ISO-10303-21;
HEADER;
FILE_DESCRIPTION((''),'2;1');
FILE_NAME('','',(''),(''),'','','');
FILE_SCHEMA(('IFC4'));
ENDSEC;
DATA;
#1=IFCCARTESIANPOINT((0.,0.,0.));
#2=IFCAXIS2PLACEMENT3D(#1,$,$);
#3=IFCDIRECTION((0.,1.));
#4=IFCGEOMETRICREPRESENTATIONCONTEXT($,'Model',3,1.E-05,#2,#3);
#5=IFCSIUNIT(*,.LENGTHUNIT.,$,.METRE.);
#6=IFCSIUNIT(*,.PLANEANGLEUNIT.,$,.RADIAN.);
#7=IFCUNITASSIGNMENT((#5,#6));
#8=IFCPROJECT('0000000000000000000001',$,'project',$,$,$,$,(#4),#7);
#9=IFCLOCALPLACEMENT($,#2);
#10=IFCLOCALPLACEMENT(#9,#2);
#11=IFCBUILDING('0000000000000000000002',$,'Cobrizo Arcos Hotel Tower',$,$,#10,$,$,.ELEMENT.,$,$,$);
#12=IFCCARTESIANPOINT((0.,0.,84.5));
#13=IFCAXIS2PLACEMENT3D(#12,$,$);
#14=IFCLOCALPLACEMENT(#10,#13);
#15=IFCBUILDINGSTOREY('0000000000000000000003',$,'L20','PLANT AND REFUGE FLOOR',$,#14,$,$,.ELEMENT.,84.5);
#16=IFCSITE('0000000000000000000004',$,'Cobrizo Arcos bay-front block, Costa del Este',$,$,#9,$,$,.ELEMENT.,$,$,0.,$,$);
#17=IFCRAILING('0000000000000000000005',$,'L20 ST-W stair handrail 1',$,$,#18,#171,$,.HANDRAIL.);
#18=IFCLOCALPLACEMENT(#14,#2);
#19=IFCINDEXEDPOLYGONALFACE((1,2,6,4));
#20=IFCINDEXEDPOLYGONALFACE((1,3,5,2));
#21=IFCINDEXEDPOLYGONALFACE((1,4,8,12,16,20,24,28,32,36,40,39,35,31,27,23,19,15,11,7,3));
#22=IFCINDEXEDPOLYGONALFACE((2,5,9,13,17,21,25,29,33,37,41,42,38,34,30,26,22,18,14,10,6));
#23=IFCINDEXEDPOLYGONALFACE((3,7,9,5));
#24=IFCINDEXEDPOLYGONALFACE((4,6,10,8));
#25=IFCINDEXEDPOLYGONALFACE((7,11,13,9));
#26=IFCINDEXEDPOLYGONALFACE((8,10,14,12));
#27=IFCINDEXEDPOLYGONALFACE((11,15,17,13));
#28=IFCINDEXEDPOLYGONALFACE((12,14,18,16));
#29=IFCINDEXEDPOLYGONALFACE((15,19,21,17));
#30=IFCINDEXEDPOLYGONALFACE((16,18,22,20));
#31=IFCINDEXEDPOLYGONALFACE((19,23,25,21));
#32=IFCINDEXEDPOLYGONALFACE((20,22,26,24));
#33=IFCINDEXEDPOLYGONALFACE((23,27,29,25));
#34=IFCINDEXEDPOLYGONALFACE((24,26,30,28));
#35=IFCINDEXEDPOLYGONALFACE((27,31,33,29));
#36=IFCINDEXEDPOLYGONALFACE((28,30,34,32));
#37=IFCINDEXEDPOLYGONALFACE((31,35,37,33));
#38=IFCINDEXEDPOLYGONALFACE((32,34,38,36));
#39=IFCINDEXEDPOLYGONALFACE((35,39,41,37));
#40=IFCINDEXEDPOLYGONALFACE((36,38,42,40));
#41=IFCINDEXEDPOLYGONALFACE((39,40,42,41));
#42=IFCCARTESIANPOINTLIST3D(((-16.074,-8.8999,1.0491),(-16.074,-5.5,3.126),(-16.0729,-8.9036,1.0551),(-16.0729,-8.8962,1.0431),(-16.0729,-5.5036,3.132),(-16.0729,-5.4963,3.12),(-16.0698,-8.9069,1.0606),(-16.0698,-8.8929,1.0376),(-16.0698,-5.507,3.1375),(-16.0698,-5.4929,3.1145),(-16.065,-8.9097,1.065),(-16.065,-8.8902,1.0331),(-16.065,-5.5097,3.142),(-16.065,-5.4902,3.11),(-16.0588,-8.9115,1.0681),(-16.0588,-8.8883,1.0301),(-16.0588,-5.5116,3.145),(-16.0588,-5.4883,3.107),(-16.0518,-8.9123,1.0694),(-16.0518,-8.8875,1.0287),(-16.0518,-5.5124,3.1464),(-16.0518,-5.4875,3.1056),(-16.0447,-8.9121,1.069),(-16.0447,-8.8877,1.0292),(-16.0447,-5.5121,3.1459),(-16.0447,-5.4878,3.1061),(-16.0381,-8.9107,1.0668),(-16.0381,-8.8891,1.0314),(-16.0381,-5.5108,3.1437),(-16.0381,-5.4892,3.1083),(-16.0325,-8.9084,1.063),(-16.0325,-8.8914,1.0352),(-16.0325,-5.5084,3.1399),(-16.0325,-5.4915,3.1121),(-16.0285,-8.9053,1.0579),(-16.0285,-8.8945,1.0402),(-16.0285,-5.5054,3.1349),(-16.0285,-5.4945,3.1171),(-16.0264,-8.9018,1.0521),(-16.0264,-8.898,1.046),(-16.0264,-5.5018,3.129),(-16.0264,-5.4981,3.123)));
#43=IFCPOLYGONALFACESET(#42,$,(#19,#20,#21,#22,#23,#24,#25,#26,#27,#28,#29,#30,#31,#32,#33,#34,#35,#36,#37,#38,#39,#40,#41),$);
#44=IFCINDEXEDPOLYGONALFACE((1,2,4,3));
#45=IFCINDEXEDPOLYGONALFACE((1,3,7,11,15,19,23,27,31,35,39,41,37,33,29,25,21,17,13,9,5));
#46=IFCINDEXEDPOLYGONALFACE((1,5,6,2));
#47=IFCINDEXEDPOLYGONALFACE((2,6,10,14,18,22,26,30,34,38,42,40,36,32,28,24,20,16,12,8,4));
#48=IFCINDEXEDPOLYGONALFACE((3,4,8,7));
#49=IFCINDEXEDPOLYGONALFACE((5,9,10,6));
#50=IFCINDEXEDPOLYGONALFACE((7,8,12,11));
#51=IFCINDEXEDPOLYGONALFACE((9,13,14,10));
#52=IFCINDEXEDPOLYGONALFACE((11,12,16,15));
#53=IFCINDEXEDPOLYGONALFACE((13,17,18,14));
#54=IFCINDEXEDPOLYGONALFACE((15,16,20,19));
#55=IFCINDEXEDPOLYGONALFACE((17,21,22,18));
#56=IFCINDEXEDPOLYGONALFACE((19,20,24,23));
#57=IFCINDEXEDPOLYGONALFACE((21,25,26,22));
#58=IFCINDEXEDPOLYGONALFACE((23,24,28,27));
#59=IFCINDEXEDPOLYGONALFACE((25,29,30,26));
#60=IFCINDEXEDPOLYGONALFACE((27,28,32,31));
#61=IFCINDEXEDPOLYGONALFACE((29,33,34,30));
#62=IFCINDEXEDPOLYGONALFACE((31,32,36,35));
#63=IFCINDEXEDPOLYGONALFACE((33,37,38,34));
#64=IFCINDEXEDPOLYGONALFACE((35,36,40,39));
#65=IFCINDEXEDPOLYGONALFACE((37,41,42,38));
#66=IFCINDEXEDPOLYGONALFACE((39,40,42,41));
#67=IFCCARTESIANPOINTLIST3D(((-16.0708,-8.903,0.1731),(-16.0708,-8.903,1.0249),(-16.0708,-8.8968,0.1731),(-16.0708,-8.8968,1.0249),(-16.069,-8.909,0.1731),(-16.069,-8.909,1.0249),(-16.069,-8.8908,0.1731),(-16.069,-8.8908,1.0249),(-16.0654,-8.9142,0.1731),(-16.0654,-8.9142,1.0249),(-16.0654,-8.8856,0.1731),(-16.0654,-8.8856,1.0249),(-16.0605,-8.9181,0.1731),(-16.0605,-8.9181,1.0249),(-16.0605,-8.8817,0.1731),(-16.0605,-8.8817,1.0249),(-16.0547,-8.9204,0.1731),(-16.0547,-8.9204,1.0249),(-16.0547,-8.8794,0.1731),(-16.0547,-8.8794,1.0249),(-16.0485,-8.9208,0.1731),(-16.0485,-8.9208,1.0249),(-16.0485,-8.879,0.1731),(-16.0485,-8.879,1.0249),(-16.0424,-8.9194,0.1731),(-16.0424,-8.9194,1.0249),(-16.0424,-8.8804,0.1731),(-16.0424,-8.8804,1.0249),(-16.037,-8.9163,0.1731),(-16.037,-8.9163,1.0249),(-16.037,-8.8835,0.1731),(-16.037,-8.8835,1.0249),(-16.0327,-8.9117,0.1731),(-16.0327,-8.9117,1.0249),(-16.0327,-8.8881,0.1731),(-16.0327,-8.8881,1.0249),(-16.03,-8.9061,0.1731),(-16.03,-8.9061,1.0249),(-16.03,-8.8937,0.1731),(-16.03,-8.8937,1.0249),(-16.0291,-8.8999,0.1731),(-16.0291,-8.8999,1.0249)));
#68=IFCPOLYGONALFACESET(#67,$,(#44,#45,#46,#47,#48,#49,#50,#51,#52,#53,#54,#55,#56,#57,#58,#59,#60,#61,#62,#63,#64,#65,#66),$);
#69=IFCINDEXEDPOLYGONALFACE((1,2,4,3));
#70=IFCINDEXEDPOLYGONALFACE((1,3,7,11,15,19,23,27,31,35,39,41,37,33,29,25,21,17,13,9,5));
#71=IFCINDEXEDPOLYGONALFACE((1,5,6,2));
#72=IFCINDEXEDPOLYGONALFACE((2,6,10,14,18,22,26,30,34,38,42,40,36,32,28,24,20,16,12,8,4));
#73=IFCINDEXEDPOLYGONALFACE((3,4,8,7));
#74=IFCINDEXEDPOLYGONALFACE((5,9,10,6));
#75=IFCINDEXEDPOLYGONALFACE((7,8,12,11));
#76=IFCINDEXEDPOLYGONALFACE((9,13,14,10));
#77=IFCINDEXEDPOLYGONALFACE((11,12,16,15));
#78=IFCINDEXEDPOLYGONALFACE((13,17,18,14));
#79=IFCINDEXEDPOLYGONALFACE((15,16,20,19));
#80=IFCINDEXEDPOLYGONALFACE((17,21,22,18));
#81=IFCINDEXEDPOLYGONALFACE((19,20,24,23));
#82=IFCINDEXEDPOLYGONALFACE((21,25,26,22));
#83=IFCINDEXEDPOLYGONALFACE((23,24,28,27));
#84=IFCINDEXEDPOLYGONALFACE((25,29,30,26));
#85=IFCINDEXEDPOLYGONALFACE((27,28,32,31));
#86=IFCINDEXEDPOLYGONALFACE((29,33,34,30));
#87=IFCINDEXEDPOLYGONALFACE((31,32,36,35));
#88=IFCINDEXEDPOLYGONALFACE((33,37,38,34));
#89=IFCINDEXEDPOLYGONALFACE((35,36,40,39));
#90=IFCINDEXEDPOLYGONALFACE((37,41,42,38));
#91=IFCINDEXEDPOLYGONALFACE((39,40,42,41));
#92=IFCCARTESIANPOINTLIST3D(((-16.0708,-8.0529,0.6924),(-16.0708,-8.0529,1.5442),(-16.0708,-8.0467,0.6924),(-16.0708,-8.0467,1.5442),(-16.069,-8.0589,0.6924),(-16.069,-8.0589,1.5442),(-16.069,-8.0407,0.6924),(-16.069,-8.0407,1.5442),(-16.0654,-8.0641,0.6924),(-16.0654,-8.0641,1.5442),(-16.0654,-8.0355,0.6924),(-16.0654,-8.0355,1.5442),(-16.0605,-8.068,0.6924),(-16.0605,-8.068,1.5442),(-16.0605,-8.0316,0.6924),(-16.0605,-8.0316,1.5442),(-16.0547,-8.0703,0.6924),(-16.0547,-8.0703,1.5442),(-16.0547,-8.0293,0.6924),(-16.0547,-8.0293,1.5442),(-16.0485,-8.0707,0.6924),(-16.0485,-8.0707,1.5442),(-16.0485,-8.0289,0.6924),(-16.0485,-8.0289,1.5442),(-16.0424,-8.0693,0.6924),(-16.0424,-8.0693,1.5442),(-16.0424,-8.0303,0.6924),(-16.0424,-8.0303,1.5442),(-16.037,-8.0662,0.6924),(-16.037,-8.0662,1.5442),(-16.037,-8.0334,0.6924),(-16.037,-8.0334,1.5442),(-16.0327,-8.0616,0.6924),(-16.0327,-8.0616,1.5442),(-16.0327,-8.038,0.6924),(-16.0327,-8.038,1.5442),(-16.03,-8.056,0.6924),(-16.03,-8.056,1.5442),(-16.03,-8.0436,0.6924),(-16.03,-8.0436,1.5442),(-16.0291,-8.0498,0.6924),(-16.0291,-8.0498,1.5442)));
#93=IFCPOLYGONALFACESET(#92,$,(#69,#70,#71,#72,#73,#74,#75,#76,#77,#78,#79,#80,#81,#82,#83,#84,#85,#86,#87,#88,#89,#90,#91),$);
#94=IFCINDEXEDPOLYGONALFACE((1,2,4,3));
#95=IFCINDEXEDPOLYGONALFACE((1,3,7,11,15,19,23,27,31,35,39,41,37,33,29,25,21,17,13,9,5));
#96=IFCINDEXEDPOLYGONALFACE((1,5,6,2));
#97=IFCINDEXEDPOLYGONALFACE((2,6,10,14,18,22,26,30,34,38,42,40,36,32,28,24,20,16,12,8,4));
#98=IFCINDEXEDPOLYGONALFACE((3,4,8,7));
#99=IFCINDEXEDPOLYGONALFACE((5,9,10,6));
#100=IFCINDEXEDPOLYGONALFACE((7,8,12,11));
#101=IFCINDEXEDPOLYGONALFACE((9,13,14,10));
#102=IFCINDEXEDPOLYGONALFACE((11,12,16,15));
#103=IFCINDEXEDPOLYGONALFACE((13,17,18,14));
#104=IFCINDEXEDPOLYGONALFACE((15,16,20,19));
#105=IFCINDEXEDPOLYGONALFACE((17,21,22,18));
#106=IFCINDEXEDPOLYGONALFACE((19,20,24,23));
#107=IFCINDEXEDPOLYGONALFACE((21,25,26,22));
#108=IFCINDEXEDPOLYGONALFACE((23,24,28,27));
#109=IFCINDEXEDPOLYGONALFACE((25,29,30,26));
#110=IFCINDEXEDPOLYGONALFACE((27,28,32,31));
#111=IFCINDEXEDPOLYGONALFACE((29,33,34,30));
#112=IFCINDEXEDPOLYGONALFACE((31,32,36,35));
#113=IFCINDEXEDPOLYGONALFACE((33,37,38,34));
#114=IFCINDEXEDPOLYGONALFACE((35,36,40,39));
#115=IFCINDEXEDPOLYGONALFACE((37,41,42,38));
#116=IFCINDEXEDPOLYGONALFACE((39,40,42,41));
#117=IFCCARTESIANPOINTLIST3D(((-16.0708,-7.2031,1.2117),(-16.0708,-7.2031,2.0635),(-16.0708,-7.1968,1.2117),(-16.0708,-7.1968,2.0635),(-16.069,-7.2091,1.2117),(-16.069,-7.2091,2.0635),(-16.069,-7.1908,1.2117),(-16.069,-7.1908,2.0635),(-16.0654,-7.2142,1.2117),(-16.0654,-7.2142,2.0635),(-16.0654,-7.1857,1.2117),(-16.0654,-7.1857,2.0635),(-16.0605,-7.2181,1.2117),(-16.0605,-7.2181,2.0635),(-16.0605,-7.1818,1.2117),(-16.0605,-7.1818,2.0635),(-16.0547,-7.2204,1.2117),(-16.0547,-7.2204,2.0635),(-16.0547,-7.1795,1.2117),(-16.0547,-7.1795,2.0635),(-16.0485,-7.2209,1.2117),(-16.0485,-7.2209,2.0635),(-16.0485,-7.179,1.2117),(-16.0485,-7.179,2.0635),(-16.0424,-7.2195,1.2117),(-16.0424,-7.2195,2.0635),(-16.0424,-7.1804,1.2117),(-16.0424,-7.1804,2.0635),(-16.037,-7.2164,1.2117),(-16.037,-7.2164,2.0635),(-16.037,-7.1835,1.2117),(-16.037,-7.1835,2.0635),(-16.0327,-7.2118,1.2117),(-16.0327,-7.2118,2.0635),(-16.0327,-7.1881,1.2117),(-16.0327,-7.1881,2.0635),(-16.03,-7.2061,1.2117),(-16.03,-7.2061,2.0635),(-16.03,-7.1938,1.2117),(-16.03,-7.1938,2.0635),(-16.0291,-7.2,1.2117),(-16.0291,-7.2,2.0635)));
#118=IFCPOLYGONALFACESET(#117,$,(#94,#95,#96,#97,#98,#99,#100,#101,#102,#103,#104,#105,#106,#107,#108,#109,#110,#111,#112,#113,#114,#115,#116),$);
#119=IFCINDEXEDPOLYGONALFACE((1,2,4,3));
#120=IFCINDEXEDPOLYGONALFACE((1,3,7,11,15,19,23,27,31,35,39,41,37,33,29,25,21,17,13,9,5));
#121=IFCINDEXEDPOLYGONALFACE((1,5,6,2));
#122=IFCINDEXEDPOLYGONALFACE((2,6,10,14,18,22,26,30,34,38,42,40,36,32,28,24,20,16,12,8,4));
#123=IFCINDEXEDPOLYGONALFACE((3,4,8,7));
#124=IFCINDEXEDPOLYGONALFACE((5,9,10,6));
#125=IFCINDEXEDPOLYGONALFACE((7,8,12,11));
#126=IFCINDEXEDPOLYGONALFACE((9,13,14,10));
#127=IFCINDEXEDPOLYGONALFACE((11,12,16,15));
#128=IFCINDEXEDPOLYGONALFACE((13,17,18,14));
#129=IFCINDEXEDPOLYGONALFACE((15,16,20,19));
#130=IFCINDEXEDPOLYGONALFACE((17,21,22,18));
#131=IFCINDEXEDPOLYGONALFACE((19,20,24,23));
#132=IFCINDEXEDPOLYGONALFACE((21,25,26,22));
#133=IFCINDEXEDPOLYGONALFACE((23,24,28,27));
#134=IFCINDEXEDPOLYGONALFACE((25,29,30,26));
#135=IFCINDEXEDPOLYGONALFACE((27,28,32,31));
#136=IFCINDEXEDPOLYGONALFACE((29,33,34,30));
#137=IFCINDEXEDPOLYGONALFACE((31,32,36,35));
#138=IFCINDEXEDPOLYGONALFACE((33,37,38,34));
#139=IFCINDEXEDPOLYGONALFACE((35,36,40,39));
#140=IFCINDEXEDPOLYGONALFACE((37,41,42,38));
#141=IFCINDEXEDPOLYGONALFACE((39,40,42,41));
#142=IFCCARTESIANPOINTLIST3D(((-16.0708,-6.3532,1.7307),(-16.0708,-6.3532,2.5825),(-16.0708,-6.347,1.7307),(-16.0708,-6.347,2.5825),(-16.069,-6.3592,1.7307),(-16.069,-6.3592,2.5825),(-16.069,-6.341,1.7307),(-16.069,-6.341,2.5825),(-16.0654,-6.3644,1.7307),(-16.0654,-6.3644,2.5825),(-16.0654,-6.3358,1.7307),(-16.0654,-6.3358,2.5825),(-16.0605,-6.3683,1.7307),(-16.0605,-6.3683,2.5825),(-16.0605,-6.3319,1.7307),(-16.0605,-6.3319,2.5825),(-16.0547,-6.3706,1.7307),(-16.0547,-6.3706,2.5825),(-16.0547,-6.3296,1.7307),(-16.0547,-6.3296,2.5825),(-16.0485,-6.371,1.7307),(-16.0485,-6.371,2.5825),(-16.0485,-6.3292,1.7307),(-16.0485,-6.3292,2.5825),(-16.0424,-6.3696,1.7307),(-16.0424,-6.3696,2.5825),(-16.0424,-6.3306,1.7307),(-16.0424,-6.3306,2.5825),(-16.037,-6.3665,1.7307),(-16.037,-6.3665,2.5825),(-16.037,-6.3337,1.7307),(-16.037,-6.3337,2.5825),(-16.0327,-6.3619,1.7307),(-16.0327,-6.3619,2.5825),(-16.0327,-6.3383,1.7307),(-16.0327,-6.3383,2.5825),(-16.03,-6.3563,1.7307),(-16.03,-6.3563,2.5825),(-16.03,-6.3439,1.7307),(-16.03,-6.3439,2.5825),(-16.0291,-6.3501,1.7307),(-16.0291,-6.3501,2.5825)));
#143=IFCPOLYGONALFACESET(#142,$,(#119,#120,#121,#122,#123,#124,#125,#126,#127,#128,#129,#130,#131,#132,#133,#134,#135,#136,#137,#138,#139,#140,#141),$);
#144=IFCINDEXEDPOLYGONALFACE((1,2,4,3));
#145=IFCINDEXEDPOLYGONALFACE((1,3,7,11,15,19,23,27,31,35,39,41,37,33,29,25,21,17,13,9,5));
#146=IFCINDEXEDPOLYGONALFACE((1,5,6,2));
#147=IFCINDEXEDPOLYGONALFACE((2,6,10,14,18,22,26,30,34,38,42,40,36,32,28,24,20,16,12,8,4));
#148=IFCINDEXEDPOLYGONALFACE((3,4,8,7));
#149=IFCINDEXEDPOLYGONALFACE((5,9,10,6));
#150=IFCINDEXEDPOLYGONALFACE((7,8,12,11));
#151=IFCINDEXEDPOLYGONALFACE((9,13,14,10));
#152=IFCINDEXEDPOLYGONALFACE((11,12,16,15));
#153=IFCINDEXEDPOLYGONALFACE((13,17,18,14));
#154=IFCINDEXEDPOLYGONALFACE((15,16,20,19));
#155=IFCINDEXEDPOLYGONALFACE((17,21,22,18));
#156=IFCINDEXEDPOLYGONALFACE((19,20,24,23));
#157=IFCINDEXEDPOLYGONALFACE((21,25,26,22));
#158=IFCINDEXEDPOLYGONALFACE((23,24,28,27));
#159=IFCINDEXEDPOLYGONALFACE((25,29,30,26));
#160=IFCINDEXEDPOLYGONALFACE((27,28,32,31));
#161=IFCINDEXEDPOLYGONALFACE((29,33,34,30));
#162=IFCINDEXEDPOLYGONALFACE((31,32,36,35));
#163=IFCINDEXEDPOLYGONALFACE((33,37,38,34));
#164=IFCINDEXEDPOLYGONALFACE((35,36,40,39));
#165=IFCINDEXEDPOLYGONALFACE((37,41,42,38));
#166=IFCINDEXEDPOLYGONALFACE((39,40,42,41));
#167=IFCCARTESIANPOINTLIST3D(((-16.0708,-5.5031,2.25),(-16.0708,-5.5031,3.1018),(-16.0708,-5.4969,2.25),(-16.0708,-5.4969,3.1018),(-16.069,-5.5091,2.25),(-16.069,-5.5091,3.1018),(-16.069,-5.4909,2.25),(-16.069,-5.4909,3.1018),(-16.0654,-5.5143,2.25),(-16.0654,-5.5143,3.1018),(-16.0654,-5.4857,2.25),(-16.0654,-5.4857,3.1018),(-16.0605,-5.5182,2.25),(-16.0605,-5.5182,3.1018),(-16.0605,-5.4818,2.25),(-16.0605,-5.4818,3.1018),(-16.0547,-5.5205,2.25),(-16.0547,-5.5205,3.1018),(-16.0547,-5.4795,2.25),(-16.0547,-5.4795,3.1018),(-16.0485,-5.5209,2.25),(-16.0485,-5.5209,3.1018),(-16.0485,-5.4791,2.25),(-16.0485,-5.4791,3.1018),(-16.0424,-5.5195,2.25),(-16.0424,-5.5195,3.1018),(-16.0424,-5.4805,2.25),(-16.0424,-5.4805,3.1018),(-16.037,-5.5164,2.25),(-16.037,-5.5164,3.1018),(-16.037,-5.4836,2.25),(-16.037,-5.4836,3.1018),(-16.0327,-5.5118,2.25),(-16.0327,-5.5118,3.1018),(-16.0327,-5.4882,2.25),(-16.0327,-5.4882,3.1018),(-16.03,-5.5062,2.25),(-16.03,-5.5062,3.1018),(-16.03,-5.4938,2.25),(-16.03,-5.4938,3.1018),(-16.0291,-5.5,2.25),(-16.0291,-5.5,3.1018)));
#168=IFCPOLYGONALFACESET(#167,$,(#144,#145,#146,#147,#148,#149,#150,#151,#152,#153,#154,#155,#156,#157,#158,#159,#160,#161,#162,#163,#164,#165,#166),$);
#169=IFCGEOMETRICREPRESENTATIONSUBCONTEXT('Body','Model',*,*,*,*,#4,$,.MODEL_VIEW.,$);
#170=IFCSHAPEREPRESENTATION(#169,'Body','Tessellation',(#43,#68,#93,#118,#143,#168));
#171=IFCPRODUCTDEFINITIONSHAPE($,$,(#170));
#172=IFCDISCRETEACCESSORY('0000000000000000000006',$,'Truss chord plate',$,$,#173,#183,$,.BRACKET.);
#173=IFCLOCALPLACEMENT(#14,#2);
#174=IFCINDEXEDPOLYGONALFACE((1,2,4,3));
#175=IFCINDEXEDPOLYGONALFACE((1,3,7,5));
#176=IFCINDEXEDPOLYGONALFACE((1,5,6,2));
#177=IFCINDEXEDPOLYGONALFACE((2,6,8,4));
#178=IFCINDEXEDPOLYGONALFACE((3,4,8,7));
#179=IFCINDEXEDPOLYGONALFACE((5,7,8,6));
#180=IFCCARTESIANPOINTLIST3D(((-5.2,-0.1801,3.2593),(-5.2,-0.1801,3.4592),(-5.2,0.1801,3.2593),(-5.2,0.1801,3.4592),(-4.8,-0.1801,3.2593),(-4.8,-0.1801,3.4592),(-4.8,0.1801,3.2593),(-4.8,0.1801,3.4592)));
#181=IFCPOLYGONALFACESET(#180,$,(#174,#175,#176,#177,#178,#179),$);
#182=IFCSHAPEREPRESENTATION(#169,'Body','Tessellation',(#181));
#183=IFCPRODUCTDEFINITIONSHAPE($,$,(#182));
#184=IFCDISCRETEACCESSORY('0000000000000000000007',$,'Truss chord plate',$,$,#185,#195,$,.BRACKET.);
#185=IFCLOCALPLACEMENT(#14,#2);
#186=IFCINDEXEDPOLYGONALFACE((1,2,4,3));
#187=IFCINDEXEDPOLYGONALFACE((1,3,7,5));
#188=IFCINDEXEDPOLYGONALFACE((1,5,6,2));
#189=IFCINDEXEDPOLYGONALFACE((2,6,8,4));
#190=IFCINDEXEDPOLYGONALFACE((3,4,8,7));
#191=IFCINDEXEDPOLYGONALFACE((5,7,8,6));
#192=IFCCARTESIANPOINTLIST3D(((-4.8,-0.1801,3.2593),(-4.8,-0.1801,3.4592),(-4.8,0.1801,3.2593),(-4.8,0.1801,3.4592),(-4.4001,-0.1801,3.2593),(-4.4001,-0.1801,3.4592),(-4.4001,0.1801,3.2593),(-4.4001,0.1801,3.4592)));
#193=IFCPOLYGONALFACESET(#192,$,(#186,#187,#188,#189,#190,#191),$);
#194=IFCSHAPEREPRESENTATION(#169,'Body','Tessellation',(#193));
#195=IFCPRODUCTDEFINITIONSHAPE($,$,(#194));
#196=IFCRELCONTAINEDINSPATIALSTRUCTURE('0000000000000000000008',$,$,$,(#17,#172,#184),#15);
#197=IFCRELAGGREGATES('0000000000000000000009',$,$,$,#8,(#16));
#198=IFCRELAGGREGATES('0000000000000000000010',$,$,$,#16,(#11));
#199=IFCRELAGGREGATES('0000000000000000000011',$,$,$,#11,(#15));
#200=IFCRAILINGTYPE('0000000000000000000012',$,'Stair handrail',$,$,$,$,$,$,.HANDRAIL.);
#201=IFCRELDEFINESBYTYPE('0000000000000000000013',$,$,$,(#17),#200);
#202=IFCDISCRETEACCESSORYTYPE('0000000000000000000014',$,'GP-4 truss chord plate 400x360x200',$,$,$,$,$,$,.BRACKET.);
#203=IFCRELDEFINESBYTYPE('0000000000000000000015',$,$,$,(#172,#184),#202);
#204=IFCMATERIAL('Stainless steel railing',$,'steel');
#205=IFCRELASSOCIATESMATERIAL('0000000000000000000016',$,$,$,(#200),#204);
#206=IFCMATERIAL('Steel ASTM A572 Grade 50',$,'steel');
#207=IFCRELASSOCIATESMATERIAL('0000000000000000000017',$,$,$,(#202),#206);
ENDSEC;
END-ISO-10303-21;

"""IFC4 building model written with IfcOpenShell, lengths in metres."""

from ifc_helpers import new_model, si_unit, direction, frame, origin, origin_2d, place, context, subcontext, project, spatial, rectangle, circle, extrude, material, type_object, element, save


model = new_model("IFC4")

# Units and contexts
model_context = context("Model", 3, precision=1e-05, world=origin(), true_north=direction((0.0, 1.0)))
body_context = subcontext(model_context, "Body", "Model", "MODEL_VIEW")
ifc_project = project(units=[si_unit("LENGTHUNIT", "METRE"), si_unit("PLANEANGLEUNIT", "RADIAN")], contexts=[model_context])

# Site, building, storey
site_placement = place(None, origin())
site = spatial("IfcSite", under=ifc_project, at=site_placement, Name="Cobrizo Arcos bay-front block, Costa del Este", CompositionType="ELEMENT", RefElevation=0.0)
building_placement = place(site_placement, origin())
building = spatial("IfcBuilding", under=site, at=building_placement, Name="Cobrizo Arcos Hotel Tower", CompositionType="ELEMENT")
storey_placement = place(building_placement, frame((0.0, 0.0, 84.5)))
storey = spatial("IfcBuildingStorey", under=building, at=storey_placement, Name="L20", Description="PLANT AND REFUGE FLOOR", CompositionType="ELEMENT", Elevation=84.5)

# Railing
ifc_material_1 = material(Name="Stainless steel railing", Category="steel")
railing_type_1 = type_object("IfcRailingType", Name="Stair handrail", PredefinedType="HANDRAIL", material=ifc_material_1)
railing_1_placement = place(storey_placement, frame((-16.05, -8.8999, 0.1731)))
element("IfcRailing", 1, at=railing_1_placement, inside=storey, type_object=railing_type_1, Name="L20 ST-W stair handrail 1", PredefinedType="HANDRAIL", context=body_context, shape_type="SweptSolid", body=[
    extrude(circle(Radius=0.0239, at=origin_2d()), frame((0.0, 0.0, 0.876), z_axis=(0.0, 0.853373, 0.521301), x_axis=(-1.0, 0.0, 0.0)), (0.0, 0.0, 1.0), 3.9841),
    extrude(circle(Radius=0.021, at=origin_2d()), origin(), (0.0, 0.0, 1.0), 0.8518),
    extrude(circle(Radius=0.021, at=origin_2d()), frame((0.0, 0.8501, 0.5193)), (0.0, 0.0, 1.0), 0.8518),
    extrude(circle(Radius=0.021, at=origin_2d()), frame((0.0, 1.7, 1.0386)), (0.0, 0.0, 1.0), 0.8518),
    extrude(circle(Radius=0.021, at=origin_2d()), frame((0.0, 2.5498, 1.5576)), (0.0, 0.0, 1.0), 0.8518),
    extrude(circle(Radius=0.021, at=origin_2d()), frame((0.0, 3.3999, 2.0769)), (0.0, 0.0, 1.0), 0.8518),
])

# Discrete accessories
ifc_material_2 = material(Name="Steel ASTM A572 Grade 50", Category="steel")
discrete_accessory_type = type_object("IfcDiscreteAccessoryType", Name="GP-4 truss chord plate 400x360x200", PredefinedType="BRACKET", material=ifc_material_2)
for number, where, z_axis, x_axis, name in (
    (2, (-5.0, 0.0, 3.2593), (0.0, 0.0, 1.0), (1.0, 0.0, 0.0), "Truss chord plate"),
    (3, (-4.6001, 0.0, 3.2593), (0.0, 0.0, 1.0), (1.0, 0.0, 0.0), "Truss chord plate"),
):
    element("IfcDiscreteAccessory", number, at=place(storey_placement, frame(where, z_axis=z_axis, x_axis=x_axis)), inside=storey, type_object=discrete_accessory_type, Name=name, PredefinedType="BRACKET", context=body_context, shape_type="SweptSolid", body=[
        extrude(rectangle(XDim=0.3999, YDim=0.3601, at=origin_2d()), origin(), (0.0, 0.0, 1.0), 0.2),
    ])

save(model, "model.ifc")
